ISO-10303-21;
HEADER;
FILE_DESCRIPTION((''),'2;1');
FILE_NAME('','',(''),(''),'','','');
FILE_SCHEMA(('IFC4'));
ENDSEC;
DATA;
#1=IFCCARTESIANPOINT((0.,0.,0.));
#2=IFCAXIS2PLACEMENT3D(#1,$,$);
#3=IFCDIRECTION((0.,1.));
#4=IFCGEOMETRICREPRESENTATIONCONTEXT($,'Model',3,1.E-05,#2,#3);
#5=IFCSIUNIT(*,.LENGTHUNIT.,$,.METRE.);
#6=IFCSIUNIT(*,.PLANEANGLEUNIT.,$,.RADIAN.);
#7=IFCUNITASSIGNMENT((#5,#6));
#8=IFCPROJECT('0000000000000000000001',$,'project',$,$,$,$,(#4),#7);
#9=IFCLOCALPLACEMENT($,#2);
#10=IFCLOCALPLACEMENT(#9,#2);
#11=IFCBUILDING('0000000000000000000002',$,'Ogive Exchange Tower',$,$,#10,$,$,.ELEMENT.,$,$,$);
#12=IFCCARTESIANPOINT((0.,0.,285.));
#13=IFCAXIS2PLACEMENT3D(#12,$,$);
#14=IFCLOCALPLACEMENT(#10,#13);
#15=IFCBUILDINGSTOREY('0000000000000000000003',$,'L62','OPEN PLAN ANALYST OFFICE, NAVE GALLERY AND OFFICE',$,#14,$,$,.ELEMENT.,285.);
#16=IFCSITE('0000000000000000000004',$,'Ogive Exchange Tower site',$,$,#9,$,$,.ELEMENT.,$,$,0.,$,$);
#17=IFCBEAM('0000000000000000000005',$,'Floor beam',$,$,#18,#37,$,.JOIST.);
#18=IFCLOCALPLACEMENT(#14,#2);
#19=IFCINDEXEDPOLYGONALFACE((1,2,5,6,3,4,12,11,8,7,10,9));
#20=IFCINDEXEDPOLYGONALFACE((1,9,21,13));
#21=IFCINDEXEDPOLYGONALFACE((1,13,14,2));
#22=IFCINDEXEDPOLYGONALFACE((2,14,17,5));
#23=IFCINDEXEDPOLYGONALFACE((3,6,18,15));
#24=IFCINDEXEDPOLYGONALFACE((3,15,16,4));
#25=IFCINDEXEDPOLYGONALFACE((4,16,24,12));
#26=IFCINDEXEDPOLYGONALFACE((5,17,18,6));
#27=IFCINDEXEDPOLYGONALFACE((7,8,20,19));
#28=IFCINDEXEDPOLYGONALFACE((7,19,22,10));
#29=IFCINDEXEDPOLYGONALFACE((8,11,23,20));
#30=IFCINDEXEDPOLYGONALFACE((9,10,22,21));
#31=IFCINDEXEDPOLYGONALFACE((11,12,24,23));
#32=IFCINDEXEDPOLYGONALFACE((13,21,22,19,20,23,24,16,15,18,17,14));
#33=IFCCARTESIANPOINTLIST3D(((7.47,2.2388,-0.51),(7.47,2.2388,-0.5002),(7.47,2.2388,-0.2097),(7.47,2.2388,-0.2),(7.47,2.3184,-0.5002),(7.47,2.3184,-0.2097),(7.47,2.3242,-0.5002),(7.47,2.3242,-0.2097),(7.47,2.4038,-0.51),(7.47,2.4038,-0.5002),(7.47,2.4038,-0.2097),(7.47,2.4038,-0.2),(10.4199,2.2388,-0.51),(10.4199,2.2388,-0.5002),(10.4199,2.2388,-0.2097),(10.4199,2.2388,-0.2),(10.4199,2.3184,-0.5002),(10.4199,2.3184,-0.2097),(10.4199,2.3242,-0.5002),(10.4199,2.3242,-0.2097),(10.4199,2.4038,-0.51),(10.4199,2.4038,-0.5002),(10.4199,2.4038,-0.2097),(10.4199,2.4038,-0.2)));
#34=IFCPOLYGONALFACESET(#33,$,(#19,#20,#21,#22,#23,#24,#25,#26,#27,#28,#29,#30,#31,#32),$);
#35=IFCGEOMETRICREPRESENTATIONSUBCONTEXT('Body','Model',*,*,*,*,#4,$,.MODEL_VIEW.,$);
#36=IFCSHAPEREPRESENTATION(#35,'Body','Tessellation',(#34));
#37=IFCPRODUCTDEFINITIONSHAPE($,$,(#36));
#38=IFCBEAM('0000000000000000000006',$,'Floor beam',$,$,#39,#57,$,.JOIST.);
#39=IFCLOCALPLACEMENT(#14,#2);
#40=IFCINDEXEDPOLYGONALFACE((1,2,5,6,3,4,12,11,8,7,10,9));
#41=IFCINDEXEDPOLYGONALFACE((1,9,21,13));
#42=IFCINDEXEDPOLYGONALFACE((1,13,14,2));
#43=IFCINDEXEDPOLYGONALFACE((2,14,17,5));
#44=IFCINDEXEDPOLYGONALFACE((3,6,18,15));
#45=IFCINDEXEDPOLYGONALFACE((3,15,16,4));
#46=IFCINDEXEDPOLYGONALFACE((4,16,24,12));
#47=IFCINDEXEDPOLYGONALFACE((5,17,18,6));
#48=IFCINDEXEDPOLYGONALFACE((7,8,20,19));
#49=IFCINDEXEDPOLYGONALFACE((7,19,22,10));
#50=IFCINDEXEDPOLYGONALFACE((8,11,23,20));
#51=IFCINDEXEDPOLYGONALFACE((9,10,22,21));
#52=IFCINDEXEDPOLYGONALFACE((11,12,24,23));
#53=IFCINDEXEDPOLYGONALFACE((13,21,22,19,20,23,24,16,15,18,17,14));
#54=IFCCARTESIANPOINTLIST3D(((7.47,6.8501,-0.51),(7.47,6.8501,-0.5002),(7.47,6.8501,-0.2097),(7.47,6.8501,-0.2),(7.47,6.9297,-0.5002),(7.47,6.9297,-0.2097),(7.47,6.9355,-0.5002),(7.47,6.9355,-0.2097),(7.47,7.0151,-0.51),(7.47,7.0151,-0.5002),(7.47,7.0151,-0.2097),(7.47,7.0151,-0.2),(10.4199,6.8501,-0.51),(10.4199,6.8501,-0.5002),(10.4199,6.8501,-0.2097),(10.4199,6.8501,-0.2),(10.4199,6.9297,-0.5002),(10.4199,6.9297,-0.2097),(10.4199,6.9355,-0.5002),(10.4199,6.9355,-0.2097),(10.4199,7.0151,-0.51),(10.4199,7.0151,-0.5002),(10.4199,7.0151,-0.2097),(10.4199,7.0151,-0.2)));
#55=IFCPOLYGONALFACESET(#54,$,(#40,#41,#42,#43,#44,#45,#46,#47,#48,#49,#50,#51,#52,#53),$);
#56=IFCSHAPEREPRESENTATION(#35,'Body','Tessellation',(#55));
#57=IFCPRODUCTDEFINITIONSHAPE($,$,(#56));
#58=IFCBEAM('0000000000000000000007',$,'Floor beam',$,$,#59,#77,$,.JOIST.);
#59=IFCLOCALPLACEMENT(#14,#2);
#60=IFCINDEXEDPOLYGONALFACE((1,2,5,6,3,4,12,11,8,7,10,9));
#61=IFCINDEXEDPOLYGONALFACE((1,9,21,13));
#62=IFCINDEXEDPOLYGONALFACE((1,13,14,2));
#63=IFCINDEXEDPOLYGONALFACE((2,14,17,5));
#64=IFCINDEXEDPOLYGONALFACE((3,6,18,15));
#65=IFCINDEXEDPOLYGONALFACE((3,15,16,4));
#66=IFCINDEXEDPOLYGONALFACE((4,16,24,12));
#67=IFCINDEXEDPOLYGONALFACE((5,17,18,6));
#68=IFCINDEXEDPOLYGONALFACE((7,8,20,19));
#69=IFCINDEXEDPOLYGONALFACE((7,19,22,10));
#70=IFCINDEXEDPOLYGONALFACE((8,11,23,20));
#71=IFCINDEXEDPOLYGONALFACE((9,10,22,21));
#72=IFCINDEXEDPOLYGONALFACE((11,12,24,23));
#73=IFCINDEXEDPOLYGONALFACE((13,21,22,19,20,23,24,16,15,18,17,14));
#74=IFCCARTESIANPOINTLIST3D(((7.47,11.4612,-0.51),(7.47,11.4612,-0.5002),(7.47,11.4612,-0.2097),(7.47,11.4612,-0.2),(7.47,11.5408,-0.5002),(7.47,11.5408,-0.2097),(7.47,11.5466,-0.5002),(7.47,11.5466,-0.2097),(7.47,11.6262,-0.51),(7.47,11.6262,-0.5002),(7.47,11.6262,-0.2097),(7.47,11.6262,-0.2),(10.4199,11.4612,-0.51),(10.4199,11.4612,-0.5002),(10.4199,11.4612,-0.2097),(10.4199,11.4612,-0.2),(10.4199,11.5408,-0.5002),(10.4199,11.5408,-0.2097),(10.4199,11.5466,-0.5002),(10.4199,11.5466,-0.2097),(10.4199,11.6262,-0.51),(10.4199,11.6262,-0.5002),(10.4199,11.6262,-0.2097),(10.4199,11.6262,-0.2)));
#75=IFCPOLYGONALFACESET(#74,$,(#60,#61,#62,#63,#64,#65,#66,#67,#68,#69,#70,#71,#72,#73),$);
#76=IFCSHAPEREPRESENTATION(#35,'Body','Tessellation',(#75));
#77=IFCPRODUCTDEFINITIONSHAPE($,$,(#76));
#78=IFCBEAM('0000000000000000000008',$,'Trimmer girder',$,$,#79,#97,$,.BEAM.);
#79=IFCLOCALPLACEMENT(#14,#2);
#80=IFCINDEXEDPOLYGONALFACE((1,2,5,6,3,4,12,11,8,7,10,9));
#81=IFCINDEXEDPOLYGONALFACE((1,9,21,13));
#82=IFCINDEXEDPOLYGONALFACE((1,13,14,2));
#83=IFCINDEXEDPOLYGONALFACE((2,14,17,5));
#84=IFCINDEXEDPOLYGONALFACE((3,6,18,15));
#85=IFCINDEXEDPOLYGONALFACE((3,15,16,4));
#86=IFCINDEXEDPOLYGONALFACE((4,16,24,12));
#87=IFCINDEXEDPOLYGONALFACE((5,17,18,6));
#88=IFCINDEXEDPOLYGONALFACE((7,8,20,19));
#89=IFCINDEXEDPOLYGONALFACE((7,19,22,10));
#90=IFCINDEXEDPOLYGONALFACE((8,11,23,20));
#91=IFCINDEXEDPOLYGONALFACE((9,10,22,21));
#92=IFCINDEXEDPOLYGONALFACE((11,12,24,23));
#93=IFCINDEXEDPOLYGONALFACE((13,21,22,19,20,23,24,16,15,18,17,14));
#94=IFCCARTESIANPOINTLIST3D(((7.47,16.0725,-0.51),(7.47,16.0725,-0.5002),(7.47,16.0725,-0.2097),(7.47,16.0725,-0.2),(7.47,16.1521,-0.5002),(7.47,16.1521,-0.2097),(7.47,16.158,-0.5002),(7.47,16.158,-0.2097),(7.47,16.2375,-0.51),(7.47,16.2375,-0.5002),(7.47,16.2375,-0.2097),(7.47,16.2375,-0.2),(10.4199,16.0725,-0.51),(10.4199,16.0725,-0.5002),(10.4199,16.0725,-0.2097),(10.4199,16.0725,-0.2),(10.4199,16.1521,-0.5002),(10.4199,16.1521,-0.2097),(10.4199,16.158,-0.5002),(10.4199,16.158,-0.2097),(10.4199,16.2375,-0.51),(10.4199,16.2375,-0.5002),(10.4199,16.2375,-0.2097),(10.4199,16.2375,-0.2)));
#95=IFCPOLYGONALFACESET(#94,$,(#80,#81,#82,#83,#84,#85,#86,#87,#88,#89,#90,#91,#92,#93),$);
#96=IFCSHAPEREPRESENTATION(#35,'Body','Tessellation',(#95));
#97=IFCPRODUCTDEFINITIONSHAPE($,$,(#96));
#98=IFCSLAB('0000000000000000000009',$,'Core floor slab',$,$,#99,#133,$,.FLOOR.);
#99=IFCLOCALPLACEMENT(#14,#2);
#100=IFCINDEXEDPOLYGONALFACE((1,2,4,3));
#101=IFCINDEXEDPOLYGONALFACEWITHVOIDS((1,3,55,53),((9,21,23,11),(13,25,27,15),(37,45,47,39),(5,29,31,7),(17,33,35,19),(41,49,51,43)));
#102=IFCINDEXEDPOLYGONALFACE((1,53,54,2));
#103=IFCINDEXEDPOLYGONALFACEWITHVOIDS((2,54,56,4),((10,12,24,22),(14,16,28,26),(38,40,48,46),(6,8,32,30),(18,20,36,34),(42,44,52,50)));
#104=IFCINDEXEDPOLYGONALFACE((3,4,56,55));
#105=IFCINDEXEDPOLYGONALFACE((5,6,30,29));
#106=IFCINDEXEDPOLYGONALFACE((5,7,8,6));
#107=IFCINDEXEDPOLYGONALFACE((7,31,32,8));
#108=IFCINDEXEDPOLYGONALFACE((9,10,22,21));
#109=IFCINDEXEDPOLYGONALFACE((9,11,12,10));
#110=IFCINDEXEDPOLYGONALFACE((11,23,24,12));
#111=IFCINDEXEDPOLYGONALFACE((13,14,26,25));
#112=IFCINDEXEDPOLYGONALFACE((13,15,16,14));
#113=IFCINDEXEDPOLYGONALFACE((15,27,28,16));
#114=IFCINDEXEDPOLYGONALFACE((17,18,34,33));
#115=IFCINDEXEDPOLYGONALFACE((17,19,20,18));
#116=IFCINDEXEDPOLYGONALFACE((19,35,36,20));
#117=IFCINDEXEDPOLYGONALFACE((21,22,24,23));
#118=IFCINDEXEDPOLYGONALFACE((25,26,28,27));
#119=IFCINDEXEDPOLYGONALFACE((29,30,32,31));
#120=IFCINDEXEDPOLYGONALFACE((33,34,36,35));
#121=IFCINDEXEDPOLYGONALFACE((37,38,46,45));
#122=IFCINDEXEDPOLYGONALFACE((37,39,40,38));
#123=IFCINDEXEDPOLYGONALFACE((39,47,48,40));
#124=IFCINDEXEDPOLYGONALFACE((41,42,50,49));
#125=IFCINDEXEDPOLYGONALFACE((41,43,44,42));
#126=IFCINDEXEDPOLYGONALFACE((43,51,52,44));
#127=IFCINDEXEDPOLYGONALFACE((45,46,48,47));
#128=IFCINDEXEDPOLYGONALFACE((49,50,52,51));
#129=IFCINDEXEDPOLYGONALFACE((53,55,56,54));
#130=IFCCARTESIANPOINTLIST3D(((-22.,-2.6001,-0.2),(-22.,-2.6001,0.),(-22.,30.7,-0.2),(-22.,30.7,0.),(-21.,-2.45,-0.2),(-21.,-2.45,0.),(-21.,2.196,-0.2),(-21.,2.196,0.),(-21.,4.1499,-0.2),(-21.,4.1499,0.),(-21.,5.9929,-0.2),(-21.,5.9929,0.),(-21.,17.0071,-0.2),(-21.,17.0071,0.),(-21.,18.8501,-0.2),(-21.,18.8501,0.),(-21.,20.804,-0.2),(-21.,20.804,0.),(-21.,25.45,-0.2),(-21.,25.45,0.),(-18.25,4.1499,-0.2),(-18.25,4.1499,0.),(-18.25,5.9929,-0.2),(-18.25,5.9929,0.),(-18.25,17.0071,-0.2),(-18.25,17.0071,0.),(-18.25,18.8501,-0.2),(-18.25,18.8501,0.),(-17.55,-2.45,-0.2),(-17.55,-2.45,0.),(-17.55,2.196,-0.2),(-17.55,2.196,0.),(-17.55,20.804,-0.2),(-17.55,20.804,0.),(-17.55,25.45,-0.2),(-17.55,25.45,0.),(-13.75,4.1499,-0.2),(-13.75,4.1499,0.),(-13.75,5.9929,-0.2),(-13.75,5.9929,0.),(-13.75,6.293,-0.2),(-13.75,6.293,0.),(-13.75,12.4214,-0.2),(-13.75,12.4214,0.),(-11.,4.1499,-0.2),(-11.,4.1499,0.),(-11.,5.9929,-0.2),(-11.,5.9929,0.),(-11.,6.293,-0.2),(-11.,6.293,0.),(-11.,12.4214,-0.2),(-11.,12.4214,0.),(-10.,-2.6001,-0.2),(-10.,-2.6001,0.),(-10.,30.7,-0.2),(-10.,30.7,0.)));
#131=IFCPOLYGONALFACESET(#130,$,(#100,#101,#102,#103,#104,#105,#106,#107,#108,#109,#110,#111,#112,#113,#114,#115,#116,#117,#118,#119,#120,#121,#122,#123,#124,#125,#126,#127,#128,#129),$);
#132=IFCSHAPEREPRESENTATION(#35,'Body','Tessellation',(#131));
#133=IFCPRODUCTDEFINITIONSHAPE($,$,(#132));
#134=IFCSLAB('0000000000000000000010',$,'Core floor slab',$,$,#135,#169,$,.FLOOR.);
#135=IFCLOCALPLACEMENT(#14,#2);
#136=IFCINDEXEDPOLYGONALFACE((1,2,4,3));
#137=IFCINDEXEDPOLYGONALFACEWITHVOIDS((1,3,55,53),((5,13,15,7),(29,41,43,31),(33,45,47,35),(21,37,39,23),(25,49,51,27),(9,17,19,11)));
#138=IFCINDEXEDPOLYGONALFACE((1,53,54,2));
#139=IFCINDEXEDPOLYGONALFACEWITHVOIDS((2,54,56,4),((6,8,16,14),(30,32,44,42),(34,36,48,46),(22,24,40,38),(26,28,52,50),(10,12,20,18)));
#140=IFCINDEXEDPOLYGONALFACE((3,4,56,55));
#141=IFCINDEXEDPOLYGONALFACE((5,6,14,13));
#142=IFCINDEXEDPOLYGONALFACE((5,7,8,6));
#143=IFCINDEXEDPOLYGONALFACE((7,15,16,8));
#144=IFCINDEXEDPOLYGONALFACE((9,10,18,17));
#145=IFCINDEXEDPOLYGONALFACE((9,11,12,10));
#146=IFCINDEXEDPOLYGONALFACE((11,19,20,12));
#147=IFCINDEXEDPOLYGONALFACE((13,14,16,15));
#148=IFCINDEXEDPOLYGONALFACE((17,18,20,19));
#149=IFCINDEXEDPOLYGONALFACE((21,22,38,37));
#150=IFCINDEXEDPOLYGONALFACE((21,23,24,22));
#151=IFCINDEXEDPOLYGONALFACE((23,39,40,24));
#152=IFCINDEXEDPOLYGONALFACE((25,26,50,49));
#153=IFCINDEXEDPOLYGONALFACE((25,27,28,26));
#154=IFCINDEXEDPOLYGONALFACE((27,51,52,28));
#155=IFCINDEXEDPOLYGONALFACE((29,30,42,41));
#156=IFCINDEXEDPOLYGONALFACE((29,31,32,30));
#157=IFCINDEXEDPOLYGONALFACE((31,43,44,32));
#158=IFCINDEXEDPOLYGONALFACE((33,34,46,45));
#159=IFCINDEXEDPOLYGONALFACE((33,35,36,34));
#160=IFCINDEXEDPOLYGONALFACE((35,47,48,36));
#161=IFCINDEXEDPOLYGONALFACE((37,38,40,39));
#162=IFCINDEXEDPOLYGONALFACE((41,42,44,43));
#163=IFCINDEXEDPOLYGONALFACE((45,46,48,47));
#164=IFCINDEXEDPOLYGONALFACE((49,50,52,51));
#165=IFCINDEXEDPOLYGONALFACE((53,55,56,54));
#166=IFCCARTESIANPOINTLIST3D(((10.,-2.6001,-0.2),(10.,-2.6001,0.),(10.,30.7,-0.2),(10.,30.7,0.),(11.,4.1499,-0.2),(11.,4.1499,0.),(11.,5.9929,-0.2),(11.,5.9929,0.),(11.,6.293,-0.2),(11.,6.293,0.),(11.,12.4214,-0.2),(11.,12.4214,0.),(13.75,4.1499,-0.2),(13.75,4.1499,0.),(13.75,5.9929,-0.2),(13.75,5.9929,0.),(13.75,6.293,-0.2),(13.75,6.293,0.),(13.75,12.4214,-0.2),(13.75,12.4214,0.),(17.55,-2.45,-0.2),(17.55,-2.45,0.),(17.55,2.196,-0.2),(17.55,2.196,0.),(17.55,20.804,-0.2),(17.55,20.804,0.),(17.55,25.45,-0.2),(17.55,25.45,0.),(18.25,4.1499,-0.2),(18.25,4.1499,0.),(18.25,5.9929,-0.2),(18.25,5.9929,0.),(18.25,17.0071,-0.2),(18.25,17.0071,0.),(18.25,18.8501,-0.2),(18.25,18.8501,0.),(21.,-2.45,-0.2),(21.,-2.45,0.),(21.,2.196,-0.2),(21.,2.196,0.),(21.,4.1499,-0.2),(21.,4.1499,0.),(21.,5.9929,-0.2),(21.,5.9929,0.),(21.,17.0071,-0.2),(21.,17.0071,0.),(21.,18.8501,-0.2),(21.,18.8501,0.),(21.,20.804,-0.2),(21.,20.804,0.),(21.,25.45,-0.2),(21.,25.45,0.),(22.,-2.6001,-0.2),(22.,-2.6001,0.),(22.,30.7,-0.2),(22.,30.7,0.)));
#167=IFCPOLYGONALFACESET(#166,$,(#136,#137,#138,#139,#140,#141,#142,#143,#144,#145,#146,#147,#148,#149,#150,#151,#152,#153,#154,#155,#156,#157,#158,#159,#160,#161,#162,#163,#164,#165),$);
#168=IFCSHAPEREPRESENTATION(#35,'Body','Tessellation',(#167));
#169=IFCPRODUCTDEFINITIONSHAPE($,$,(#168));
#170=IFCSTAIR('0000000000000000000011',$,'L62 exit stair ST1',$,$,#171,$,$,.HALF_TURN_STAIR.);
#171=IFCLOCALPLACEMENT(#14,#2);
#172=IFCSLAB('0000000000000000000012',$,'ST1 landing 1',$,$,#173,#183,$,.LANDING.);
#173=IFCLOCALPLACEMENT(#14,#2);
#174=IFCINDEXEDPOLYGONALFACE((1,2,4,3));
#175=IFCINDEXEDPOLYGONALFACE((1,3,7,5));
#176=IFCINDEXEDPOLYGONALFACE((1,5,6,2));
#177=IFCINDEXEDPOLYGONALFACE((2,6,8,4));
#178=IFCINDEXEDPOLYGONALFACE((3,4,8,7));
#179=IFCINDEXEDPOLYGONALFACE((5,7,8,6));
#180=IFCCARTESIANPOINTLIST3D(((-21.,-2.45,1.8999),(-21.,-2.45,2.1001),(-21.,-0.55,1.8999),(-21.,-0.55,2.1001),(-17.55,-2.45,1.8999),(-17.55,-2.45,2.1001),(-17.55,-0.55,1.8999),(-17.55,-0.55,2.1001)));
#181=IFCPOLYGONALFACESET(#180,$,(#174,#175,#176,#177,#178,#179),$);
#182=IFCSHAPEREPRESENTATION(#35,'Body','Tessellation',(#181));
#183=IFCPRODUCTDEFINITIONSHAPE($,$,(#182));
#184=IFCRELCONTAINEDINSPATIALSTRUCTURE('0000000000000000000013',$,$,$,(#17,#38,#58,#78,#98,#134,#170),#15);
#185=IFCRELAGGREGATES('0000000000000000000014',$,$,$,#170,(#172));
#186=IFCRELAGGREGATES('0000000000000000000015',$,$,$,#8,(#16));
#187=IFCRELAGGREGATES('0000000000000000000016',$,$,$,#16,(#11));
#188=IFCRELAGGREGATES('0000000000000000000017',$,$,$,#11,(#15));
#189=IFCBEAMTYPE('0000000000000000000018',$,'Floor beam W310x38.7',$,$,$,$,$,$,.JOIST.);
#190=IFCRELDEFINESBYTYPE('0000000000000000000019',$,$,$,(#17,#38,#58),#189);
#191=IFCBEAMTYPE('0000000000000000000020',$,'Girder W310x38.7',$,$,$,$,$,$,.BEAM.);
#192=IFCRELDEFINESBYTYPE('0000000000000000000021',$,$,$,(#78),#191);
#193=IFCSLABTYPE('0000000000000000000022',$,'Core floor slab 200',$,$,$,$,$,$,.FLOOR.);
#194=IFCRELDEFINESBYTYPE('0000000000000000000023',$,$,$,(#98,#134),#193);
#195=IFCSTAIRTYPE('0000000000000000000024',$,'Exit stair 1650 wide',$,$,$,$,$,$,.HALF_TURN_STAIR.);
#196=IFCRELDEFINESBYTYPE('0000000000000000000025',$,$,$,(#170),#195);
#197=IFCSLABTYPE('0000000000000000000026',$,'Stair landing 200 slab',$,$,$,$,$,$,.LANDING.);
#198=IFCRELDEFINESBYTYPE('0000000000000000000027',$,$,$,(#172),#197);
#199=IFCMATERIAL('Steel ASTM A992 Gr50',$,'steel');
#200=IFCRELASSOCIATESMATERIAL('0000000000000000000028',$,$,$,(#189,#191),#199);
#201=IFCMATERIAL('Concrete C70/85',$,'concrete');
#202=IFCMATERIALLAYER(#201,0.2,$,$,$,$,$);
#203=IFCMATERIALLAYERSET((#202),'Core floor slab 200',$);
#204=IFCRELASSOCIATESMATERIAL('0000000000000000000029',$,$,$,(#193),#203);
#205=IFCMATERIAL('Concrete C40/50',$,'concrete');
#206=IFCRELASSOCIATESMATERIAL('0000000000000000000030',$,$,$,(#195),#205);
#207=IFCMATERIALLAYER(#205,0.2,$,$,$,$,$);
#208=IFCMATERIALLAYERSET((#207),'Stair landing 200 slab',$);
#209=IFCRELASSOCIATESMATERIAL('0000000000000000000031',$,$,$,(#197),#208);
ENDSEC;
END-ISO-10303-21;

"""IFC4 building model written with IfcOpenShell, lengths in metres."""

from ifc_helpers import new_model, si_unit, direction, frame, origin, origin_2d, place, context, subcontext, project, spatial, polyline, i_section, outline, extrude, material, layer, layer_set, material_profile, profile_set, type_object, element, aggregate, save


model = new_model("IFC4")

# Units and contexts
model_context = context("Model", 3, precision=1e-05, world=origin(), true_north=direction((0.0, 1.0)))
body_context = subcontext(model_context, "Body", "Model", "MODEL_VIEW")
ifc_project = project(units=[si_unit("LENGTHUNIT", "METRE"), si_unit("PLANEANGLEUNIT", "RADIAN")], contexts=[model_context])

# Site, building, storey
site_placement = place(None, origin())
site = spatial("IfcSite", under=ifc_project, at=site_placement, Name="Ogive Exchange Tower site", CompositionType="ELEMENT", RefElevation=0.0)
building_placement = place(site_placement, origin())
building = spatial("IfcBuilding", under=site, at=building_placement, Name="Ogive Exchange Tower", CompositionType="ELEMENT")
storey_placement = place(building_placement, frame((0.0, 0.0, 285.0)))
storey = spatial("IfcBuildingStorey", under=building, at=storey_placement, Name="L62", Description="OPEN PLAN ANALYST OFFICE, NAVE GALLERY AND OFFICE", CompositionType="ELEMENT", Elevation=285.0)

# Beams
ifc_material_1 = material(Name="Steel ASTM A992 Gr50", Category="steel")
ifc_material_profile_1 = material_profile(ifc_material_1, i_section(OverallWidth=0.165, OverallDepth=0.3101, WebThickness=0.0059, FlangeThickness=0.0098, at=origin_2d()), Name="W310x38.7")
ifc_profile_set_1 = profile_set([ifc_material_profile_1], Name="Steel ASTM A992 Gr50")
beam_type_1 = type_object("IfcBeamType", Name="Floor beam W310x38.7", PredefinedType="JOIST", material=ifc_profile_set_1)
for number, where, z_axis, x_axis, name in (
    (1, (7.47, 2.3213, -0.355), (1.0, 0.0, 0.0), (0.0, 1.0, 0.0), "Floor beam"),
    (2, (7.47, 6.9326, -0.355), (1.0, 0.0, 0.0), (0.0, 1.0, 0.0), "Floor beam"),
    (3, (7.47, 11.5437, -0.355), (1.0, 0.0, 0.0), (0.0, 1.0, 0.0), "Floor beam"),
):
    element("IfcBeam", number, at=place(storey_placement, frame(where, z_axis=z_axis, x_axis=x_axis)), inside=storey, type_object=beam_type_1, Name=name, PredefinedType="JOIST", context=body_context, shape_type="SweptSolid", body=[
        extrude(i_section(OverallWidth=0.165, OverallDepth=0.3101, WebThickness=0.0059, FlangeThickness=0.0098, at=origin_2d()), origin(), (0.0, 0.0, 1.0), 2.95),
    ])
ifc_material_profile_2 = material_profile(ifc_material_1, i_section(OverallWidth=0.165, OverallDepth=0.3101, WebThickness=0.0059, FlangeThickness=0.0098, at=origin_2d()), Name="W310x38.7")
ifc_profile_set_2 = profile_set([ifc_material_profile_2], Name="Steel ASTM A992 Gr50")
beam_type_2 = type_object("IfcBeamType", Name="Girder W310x38.7", PredefinedType="BEAM", material=ifc_profile_set_2)
beam_placement = place(storey_placement, frame((7.47, 16.155, -0.355), z_axis=(1.0, 0.0, 0.0), x_axis=(0.0, 1.0, 0.0)))
element("IfcBeam", 4, at=beam_placement, inside=storey, type_object=beam_type_2, Name="Trimmer girder", PredefinedType="BEAM", context=body_context, shape_type="SweptSolid", body=[
    extrude(i_section(OverallWidth=0.165, OverallDepth=0.3101, WebThickness=0.0059, FlangeThickness=0.0098, at=origin_2d()), origin(), (0.0, 0.0, 1.0), 2.95),
])

# Slabs
ifc_material_2 = material(Name="Concrete C70/85", Category="concrete")
ifc_layer_1 = layer(ifc_material_2, 0.2)
ifc_layer_set_1 = layer_set([ifc_layer_1], Name="Core floor slab 200")
slab_type_1 = type_object("IfcSlabType", Name="Core floor slab 200", PredefinedType="FLOOR", material=ifc_layer_set_1)
slab_1_placement = place(storey_placement, frame((0.0, 0.0, -0.2)))
element("IfcSlab", 5, at=slab_1_placement, inside=storey, type_object=slab_type_1, Name="Core floor slab", PredefinedType="FLOOR", context=body_context, shape_type="SweptSolid", body=[
    extrude(outline(polyline([(-22.0, -2.6001), (-22.0, 30.7), (-10.0, 30.7), (-10.0, -2.6001), (-22.0, -2.6001)]), holes=[polyline([(-17.55, 2.196), (-21.0, 2.196), (-21.0, -2.45), (-17.55, -2.45), (-17.55, 2.196)]), polyline([(-18.25, 5.9929), (-21.0, 5.9929), (-21.0, 4.1499), (-18.25, 4.1499), (-18.25, 5.9929)]), polyline([(-11.0, 5.9929), (-13.75, 5.9929), (-13.75, 4.1499), (-11.0, 4.1499), (-11.0, 5.9929)]), polyline([(-13.75, 12.4214), (-13.75, 6.293), (-11.0, 6.293), (-11.0, 12.4214), (-13.75, 12.4214)]), polyline([(-18.25, 18.8501), (-21.0, 18.8501), (-21.0, 17.0071), (-18.25, 17.0071), (-18.25, 18.8501)]), polyline([(-21.0, 25.45), (-21.0, 20.804), (-17.55, 20.804), (-17.55, 25.45), (-21.0, 25.45)])]), origin(), (0.0, 0.0, 1.0), 0.2),
])
slab_2_placement = place(storey_placement, frame((0.0, 0.0, -0.2)))
element("IfcSlab", 6, at=slab_2_placement, inside=storey, type_object=slab_type_1, Name="Core floor slab", PredefinedType="FLOOR", context=body_context, shape_type="SweptSolid", body=[
    extrude(outline(polyline([(10.0, -2.6001), (10.0, 30.7), (22.0, 30.7), (22.0, -2.6001), (10.0, -2.6001)]), holes=[polyline([(21.0, 2.196), (17.55, 2.196), (17.55, -2.45), (21.0, -2.45), (21.0, 2.196)]), polyline([(13.75, 5.9929), (11.0, 5.9929), (11.0, 4.1499), (13.75, 4.1499), (13.75, 5.9929)]), polyline([(21.0, 5.9929), (18.25, 5.9929), (18.25, 4.1499), (21.0, 4.1499), (21.0, 5.9929)]), polyline([(11.0, 12.4214), (11.0, 6.293), (13.75, 6.293), (13.75, 12.4214), (11.0, 12.4214)]), polyline([(21.0, 18.8501), (18.25, 18.8501), (18.25, 17.0071), (21.0, 17.0071), (21.0, 18.8501)]), polyline([(17.55, 25.45), (17.55, 20.804), (21.0, 20.804), (21.0, 25.45), (17.55, 25.45)])]), origin(), (0.0, 0.0, 1.0), 0.2),
])

# Stair, slab
ifc_material_3 = material(Name="Concrete C40/50", Category="concrete")
stair_type = type_object("IfcStairType", Name="Exit stair 1650 wide", PredefinedType="HALF_TURN_STAIR", material=ifc_material_3)
stair_1_placement = place(storey_placement, origin())
stair_1 = element("IfcStair", 7, at=stair_1_placement, inside=storey, type_object=stair_type, Name="L62 exit stair ST1", PredefinedType="HALF_TURN_STAIR")
ifc_layer_2 = layer(ifc_material_3, 0.2)
ifc_layer_set_2 = layer_set([ifc_layer_2], Name="Stair landing 200 slab")
slab_type_2 = type_object("IfcSlabType", Name="Stair landing 200 slab", PredefinedType="LANDING", material=ifc_layer_set_2)
slab_3_placement = place(storey_placement, frame((0.0, 0.0, 1.8999)))
slab_3 = element("IfcSlab", 8, at=slab_3_placement, type_object=slab_type_2, Name="ST1 landing 1", PredefinedType="LANDING", context=body_context, shape_type="SweptSolid", body=[
    extrude(outline(polyline([(-21.0, -0.55), (-21.0, -2.45), (-17.55, -2.45), (-17.55, -0.55), (-21.0, -0.55)])), origin(), (0.0, 0.0, 1.0), 0.2002),
])
aggregate(stair_1, [slab_3])

save(model, "model.ifc")
